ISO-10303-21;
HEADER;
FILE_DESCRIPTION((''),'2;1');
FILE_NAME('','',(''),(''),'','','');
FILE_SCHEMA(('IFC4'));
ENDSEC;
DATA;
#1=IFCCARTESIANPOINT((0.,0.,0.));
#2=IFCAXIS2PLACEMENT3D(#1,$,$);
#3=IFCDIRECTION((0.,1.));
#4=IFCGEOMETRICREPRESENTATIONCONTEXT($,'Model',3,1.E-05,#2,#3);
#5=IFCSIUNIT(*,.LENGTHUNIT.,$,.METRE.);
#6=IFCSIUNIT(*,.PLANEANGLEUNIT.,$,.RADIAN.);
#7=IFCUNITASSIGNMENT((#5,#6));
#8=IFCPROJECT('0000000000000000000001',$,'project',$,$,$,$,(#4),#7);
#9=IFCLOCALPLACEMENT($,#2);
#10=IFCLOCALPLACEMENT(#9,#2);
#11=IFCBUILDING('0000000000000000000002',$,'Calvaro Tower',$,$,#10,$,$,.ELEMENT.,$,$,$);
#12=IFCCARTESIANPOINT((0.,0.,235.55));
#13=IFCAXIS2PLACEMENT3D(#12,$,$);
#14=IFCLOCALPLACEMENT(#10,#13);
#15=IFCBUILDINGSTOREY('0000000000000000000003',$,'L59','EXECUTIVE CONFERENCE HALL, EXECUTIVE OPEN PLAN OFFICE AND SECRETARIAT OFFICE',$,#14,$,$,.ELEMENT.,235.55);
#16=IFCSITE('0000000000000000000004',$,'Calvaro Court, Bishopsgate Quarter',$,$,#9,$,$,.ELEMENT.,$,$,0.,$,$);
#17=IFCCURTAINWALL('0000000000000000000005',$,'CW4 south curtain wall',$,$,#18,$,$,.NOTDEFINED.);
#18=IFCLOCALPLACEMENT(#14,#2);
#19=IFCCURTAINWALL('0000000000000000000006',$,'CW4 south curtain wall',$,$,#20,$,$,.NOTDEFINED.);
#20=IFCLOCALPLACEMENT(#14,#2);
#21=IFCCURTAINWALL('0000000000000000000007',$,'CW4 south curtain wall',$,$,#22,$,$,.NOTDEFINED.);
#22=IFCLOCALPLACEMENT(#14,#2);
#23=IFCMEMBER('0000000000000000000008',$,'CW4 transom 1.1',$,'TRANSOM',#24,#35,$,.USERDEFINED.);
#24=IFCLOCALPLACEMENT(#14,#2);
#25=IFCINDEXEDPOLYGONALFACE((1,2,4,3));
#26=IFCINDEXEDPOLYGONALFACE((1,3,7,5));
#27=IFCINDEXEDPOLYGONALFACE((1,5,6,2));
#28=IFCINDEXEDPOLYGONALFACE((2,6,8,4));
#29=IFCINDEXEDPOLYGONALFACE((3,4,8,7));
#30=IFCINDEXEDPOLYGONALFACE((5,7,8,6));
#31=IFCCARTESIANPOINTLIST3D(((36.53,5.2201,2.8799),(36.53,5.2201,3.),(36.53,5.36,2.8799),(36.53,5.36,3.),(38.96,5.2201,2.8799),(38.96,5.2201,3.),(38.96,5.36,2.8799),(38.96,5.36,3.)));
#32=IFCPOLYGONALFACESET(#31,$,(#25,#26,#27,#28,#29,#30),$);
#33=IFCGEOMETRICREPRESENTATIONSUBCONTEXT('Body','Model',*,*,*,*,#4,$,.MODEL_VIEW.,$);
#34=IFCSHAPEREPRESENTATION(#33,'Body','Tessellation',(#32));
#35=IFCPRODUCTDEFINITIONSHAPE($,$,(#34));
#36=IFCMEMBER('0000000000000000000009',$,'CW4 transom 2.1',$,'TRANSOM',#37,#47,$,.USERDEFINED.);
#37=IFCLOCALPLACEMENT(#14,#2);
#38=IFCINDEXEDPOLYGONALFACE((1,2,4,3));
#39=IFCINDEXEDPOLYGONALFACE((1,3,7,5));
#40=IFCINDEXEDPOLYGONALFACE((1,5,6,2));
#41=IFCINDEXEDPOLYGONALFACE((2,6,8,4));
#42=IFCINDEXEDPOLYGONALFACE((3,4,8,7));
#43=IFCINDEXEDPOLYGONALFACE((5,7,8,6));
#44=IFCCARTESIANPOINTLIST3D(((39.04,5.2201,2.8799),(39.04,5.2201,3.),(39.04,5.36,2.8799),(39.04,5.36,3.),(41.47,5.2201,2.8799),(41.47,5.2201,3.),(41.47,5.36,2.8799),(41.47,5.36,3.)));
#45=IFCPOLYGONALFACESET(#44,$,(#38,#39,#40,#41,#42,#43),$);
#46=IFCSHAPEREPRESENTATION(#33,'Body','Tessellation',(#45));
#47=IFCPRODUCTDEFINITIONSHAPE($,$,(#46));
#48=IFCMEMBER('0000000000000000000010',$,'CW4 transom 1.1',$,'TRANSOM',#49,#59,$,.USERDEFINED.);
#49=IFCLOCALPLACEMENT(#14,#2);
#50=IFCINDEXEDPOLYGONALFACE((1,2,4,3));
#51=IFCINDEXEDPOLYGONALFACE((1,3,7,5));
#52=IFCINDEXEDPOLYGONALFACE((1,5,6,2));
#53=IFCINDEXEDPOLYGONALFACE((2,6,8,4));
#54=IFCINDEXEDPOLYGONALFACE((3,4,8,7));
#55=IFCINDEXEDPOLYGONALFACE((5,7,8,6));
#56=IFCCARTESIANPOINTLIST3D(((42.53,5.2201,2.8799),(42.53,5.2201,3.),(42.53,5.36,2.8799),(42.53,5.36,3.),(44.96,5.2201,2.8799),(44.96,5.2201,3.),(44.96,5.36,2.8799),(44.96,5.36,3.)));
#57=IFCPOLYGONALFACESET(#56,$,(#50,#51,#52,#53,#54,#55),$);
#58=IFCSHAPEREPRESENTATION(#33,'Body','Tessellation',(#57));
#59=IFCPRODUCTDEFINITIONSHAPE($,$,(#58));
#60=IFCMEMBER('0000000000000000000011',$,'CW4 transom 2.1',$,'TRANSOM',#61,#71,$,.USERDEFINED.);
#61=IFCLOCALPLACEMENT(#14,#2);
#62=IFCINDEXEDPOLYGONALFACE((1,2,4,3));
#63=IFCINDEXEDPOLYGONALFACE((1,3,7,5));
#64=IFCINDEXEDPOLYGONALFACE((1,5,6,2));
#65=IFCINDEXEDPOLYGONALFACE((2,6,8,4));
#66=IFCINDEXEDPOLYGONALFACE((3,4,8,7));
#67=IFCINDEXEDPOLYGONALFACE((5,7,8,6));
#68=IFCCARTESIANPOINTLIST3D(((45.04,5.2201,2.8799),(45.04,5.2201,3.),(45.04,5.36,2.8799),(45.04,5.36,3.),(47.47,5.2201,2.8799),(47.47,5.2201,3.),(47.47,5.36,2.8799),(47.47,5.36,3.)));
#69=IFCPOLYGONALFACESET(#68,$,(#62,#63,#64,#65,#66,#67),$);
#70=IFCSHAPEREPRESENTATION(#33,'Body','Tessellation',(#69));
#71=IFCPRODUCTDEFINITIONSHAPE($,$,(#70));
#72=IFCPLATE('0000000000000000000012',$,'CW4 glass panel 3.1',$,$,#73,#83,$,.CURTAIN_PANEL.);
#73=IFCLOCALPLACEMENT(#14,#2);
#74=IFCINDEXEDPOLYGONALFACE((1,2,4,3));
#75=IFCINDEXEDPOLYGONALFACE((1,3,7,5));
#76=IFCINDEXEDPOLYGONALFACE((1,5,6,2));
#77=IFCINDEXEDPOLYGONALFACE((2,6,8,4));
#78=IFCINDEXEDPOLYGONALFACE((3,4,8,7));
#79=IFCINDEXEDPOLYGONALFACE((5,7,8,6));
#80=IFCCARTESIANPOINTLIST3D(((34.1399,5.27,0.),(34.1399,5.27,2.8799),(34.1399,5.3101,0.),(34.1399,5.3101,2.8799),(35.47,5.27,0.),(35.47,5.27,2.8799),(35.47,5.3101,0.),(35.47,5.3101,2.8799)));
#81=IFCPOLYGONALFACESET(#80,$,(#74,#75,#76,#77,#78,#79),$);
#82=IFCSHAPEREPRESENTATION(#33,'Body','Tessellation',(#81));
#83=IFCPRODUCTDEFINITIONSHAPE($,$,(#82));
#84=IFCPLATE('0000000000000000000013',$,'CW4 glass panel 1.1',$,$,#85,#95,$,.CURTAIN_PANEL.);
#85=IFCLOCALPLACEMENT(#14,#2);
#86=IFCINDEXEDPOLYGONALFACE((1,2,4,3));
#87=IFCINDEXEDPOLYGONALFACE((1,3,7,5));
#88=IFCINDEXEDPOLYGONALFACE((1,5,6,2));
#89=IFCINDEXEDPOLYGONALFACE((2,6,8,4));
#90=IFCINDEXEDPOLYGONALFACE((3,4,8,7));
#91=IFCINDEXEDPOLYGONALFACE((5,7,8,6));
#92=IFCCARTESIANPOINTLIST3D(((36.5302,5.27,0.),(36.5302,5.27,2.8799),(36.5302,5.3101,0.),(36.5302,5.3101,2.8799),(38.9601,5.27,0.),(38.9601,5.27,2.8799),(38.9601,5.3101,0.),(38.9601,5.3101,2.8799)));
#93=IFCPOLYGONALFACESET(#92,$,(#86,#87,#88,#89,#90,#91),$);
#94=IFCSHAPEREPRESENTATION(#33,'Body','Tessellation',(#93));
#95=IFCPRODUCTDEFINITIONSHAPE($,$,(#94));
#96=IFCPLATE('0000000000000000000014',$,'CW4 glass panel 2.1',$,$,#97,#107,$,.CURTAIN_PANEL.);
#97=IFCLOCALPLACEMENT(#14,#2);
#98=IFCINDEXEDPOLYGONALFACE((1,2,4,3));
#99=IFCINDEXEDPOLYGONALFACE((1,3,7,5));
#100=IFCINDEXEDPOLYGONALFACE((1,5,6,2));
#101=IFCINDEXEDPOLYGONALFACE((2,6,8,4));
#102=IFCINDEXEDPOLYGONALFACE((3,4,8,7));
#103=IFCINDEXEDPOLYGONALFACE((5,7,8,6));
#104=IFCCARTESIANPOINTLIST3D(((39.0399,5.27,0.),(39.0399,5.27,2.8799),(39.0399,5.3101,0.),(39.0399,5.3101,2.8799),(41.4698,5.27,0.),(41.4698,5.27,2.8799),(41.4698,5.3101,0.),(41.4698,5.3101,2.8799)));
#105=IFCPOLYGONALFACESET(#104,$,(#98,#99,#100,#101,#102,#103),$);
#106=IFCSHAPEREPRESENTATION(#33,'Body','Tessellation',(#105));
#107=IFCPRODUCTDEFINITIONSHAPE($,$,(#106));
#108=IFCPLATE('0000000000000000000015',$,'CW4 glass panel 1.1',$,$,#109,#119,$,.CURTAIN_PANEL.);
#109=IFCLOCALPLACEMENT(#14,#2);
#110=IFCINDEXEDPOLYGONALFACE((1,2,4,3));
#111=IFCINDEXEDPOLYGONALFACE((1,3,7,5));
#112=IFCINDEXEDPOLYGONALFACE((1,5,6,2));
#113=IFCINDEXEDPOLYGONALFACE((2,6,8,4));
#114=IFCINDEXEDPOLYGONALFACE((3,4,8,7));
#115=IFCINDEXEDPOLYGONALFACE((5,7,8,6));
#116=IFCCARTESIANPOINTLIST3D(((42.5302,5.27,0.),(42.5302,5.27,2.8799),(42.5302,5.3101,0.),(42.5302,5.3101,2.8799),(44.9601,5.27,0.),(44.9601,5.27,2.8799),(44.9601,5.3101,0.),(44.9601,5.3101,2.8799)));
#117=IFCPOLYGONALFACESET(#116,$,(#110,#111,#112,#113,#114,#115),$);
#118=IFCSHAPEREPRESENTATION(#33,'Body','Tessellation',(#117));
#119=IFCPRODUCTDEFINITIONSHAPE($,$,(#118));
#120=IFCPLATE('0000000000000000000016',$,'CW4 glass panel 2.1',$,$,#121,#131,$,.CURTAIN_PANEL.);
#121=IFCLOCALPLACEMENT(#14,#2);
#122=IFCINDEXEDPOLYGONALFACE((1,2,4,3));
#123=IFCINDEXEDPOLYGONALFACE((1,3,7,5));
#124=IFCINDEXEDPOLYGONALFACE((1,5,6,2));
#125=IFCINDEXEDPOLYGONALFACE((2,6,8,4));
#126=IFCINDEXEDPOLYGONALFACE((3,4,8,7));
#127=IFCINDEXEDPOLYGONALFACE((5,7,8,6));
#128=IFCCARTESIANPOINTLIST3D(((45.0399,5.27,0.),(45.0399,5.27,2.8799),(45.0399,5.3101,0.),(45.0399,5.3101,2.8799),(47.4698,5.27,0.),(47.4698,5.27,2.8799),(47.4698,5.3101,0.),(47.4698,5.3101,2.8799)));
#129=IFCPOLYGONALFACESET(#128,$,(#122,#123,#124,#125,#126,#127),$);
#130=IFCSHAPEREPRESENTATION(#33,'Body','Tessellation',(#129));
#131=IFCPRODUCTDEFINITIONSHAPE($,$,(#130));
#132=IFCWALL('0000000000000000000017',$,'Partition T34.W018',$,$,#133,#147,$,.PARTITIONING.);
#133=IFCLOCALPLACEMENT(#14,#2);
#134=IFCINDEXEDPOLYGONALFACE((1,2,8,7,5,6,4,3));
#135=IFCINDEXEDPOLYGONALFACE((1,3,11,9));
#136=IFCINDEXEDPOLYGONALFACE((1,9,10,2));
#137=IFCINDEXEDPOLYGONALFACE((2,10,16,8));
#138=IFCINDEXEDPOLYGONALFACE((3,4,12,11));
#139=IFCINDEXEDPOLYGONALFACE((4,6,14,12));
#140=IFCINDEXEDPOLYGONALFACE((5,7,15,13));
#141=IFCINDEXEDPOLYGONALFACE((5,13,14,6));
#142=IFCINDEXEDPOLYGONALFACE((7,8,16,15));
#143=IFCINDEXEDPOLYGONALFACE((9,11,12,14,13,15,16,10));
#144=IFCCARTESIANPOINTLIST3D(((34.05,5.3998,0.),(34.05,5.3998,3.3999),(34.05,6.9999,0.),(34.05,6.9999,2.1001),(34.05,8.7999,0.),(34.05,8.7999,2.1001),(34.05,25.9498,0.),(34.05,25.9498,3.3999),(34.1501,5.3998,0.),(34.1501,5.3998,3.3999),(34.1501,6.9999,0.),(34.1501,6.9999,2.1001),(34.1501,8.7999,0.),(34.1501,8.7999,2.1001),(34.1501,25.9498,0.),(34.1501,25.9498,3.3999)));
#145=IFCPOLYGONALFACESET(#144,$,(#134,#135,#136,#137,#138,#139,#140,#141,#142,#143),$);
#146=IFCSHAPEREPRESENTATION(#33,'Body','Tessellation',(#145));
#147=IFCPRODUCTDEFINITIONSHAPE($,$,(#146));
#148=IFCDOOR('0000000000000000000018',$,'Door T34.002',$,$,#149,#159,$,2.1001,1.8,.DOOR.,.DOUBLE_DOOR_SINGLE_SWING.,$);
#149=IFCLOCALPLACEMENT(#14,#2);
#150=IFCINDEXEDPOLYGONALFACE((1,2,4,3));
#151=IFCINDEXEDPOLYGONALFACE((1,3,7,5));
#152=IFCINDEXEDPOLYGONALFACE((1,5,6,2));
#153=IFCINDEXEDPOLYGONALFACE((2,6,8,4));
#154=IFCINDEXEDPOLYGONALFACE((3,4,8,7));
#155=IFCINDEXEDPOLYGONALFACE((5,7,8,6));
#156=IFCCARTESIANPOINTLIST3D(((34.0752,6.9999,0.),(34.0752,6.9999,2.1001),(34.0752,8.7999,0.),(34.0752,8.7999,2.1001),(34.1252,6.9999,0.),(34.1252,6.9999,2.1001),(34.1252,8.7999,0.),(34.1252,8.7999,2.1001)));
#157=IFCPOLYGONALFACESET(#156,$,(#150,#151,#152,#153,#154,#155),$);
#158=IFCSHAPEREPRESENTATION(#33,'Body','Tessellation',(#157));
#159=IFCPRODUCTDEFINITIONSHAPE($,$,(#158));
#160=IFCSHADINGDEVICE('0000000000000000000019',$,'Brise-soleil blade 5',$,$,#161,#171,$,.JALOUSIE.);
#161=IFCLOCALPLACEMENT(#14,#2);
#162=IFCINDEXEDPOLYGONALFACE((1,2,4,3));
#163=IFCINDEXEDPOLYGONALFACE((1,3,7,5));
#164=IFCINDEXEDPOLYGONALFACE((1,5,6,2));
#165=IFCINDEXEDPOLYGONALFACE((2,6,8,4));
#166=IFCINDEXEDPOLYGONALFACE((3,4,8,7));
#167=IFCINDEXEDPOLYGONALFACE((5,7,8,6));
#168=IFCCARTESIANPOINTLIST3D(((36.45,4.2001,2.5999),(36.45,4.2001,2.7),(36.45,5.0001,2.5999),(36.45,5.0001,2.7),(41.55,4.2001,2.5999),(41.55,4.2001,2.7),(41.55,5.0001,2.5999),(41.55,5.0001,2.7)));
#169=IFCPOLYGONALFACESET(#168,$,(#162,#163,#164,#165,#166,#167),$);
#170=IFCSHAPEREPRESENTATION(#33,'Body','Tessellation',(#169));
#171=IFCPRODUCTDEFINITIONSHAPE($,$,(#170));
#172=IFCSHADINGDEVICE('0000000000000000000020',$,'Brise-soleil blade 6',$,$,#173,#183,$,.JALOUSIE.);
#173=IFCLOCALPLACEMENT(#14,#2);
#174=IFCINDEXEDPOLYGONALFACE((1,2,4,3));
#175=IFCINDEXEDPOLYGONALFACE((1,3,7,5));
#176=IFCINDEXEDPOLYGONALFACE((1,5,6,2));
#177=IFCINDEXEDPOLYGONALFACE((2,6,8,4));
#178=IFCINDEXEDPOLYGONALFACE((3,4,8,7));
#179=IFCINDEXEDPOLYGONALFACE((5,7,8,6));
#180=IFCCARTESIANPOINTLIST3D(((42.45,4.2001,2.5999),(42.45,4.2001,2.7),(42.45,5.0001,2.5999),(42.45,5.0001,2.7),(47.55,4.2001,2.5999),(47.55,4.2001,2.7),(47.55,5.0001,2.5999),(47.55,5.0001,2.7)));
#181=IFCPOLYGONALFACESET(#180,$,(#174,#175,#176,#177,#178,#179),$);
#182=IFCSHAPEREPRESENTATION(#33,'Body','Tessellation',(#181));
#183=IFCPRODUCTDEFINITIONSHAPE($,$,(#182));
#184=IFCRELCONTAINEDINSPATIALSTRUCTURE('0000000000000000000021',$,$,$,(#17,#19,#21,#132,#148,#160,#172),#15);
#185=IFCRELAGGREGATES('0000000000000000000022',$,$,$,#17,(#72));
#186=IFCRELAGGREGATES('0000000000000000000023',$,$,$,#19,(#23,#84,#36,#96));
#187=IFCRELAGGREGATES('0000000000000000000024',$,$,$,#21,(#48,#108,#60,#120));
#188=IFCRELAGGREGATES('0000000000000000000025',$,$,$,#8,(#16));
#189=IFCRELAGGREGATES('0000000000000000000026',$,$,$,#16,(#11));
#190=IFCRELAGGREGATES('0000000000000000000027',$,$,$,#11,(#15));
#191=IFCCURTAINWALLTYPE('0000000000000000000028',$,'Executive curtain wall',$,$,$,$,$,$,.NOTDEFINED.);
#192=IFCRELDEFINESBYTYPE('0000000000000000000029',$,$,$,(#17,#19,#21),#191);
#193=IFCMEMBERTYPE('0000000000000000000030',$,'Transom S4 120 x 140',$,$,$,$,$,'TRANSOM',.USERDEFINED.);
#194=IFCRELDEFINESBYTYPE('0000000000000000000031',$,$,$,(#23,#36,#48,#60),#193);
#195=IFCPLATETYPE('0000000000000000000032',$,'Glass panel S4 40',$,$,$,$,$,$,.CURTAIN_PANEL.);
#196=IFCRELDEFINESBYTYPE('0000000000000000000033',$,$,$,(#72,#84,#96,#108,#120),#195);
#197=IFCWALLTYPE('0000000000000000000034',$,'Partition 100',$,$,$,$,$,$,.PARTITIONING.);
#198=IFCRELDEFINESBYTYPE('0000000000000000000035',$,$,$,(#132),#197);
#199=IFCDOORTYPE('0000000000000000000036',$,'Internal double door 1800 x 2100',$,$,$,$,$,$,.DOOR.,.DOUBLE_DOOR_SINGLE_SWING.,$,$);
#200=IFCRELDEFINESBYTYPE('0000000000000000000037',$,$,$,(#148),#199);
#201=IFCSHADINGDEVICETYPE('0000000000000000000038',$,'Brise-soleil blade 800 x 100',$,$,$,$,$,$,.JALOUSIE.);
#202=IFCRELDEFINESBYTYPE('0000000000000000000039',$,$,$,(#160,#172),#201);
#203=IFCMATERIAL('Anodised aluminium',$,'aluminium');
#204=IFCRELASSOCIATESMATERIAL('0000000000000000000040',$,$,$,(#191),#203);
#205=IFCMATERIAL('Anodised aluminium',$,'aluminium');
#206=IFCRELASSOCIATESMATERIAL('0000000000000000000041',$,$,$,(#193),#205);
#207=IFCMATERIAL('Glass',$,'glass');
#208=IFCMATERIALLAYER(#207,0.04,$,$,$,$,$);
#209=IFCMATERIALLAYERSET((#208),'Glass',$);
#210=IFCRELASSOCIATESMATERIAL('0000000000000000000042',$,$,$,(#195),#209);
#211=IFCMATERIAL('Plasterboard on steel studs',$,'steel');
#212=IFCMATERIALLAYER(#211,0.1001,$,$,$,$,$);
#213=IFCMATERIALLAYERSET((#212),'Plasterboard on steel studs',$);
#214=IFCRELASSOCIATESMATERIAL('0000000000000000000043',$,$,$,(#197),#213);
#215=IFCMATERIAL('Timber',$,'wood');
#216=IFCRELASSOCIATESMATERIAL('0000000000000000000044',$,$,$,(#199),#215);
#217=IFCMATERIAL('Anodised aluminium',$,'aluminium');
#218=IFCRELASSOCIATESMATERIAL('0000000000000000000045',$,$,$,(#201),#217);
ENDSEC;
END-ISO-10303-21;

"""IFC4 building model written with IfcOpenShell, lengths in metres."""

from ifc_helpers import new_model, si_unit, direction, frame, frame_2d, origin, origin_2d, place, context, subcontext, project, spatial, rectangle, extrude, material, layer, layer_set, material_profile, profile_set, type_object, element, fill, aggregate, save


model = new_model("IFC4")

# Units and contexts
model_context = context("Model", 3, precision=1e-05, world=origin(), true_north=direction((0.0, 1.0)))
body_context = subcontext(model_context, "Body", "Model", "MODEL_VIEW")
ifc_project = project(units=[si_unit("LENGTHUNIT", "METRE"), si_unit("PLANEANGLEUNIT", "RADIAN")], contexts=[model_context])

# Site, building, storey
site_placement = place(None, origin())
site = spatial("IfcSite", under=ifc_project, at=site_placement, Name="Calvaro Court, Bishopsgate Quarter", CompositionType="ELEMENT", RefElevation=0.0)
building_placement = place(site_placement, origin())
building = spatial("IfcBuilding", under=site, at=building_placement, Name="Calvaro Tower", CompositionType="ELEMENT")
storey_placement = place(building_placement, frame((0.0, 0.0, 235.55)))
storey = spatial("IfcBuildingStorey", under=building, at=storey_placement, Name="L59", Description="EXECUTIVE CONFERENCE HALL, EXECUTIVE OPEN PLAN OFFICE AND SECRETARIAT OFFICE", CompositionType="ELEMENT", Elevation=235.55)

# Curtain wall
ifc_material_1 = material(Name="Anodised aluminium", Category="aluminium")
curtain_wall_type = type_object("IfcCurtainWallType", Name="Executive curtain wall", PredefinedType="NOTDEFINED", material=ifc_material_1)
curtain_wall_1_placement = place(storey_placement, origin())
curtain_wall_1 = element("IfcCurtainWall", 1, at=curtain_wall_1_placement, inside=storey, type_object=curtain_wall_type, Name="CW4 south curtain wall", PredefinedType="NOTDEFINED")

# Curtain walls
curtain_wall_2_placement = place(storey_placement, origin())
curtain_wall_2 = element("IfcCurtainWall", 2, at=curtain_wall_2_placement, inside=storey, type_object=curtain_wall_type, Name="CW4 south curtain wall", PredefinedType="NOTDEFINED")
curtain_wall_3_placement = place(storey_placement, origin())
curtain_wall_3 = element("IfcCurtainWall", 3, at=curtain_wall_3_placement, inside=storey, type_object=curtain_wall_type, Name="CW4 south curtain wall", PredefinedType="NOTDEFINED")

# Members
ifc_material_2 = material(Name="Anodised aluminium", Category="aluminium")
ifc_material_profile_1 = material_profile(ifc_material_2, rectangle(XDim=0.1399, YDim=0.1201, at=origin_2d()), Name="Transom S4 120 x 140")
ifc_profile_set_1 = profile_set([ifc_material_profile_1], Name="Anodised aluminium")
member_type_1 = type_object("IfcMemberType", Name="Transom S4 120 x 140", ElementType="TRANSOM", PredefinedType="USERDEFINED", material=ifc_profile_set_1)
member_1_placement = place(storey_placement, frame((36.53, 5.29, 2.9399), z_axis=(1.0, 0.0, 0.0), x_axis=(0.0, 1.0, 0.0)))
member_1 = element("IfcMember", 4, at=member_1_placement, type_object=member_type_1, Name="CW4 transom 1.1", ObjectType="TRANSOM", PredefinedType="USERDEFINED", context=body_context, shape_type="SweptSolid", body=[
    extrude(rectangle(XDim=0.1399, YDim=0.1201, at=origin_2d()), origin(), (0.0, 0.0, 1.0), 2.4299),
])
member_2_placement = place(storey_placement, frame((39.04, 5.29, 2.9399), z_axis=(1.0, 0.0, 0.0), x_axis=(0.0, 1.0, 0.0)))
member_2 = element("IfcMember", 5, at=member_2_placement, type_object=member_type_1, Name="CW4 transom 2.1", ObjectType="TRANSOM", PredefinedType="USERDEFINED", context=body_context, shape_type="SweptSolid", body=[
    extrude(rectangle(XDim=0.1399, YDim=0.1201, at=origin_2d()), origin(), (0.0, 0.0, 1.0), 2.4299),
])
member_3_placement = place(storey_placement, frame((42.53, 5.29, 2.9399), z_axis=(1.0, 0.0, 0.0), x_axis=(0.0, 1.0, 0.0)))
member_3 = element("IfcMember", 6, at=member_3_placement, type_object=member_type_1, Name="CW4 transom 1.1", ObjectType="TRANSOM", PredefinedType="USERDEFINED", context=body_context, shape_type="SweptSolid", body=[
    extrude(rectangle(XDim=0.1399, YDim=0.1201, at=origin_2d()), origin(), (0.0, 0.0, 1.0), 2.4299),
])
member_4_placement = place(storey_placement, frame((45.04, 5.29, 2.9399), z_axis=(1.0, 0.0, 0.0), x_axis=(0.0, 1.0, 0.0)))
member_4 = element("IfcMember", 7, at=member_4_placement, type_object=member_type_1, Name="CW4 transom 2.1", ObjectType="TRANSOM", PredefinedType="USERDEFINED", context=body_context, shape_type="SweptSolid", body=[
    extrude(rectangle(XDim=0.1399, YDim=0.1201, at=origin_2d()), origin(), (0.0, 0.0, 1.0), 2.4299),
])

# Plates
ifc_material_3 = material(Name="Glass", Category="glass")
ifc_layer_1 = layer(ifc_material_3, 0.04)
ifc_layer_set_1 = layer_set([ifc_layer_1], Name="Glass")
plate_type = type_object("IfcPlateType", Name="Glass panel S4 40", PredefinedType="CURTAIN_PANEL", material=ifc_layer_set_1)
plate_1_placement = place(storey_placement, frame((34.8049, 5.29, 0.0), z_axis=(0.0, 0.0, 1.0), x_axis=(1.0, 0.0, 0.0)))
plate_1 = element("IfcPlate", 8, at=plate_1_placement, type_object=plate_type, Name="CW4 glass panel 3.1", PredefinedType="CURTAIN_PANEL", context=body_context, shape_type="SweptSolid", body=[
    extrude(rectangle(XDim=1.3301, YDim=0.04, at=origin_2d()), origin(), (0.0, 0.0, 1.0), 2.8799),
])
aggregate(curtain_wall_1, [plate_1])
plate_2_placement = place(storey_placement, frame((37.7451, 5.29, 0.0), z_axis=(0.0, 0.0, 1.0), x_axis=(1.0, 0.0, 0.0)))
plate_2 = element("IfcPlate", 9, at=plate_2_placement, type_object=plate_type, Name="CW4 glass panel 1.1", PredefinedType="CURTAIN_PANEL", context=body_context, shape_type="SweptSolid", body=[
    extrude(rectangle(XDim=2.4299, YDim=0.04, at=origin_2d()), origin(), (0.0, 0.0, 1.0), 2.8799),
])
plate_3_placement = place(storey_placement, frame((40.2549, 5.29, 0.0), z_axis=(0.0, 0.0, 1.0), x_axis=(1.0, 0.0, 0.0)))
plate_3 = element("IfcPlate", 10, at=plate_3_placement, type_object=plate_type, Name="CW4 glass panel 2.1", PredefinedType="CURTAIN_PANEL", context=body_context, shape_type="SweptSolid", body=[
    extrude(rectangle(XDim=2.4299, YDim=0.04, at=origin_2d()), origin(), (0.0, 0.0, 1.0), 2.8799),
])
aggregate(curtain_wall_2, [member_1, plate_2, member_2, plate_3])
plate_4_placement = place(storey_placement, frame((43.7451, 5.29, 0.0), z_axis=(0.0, 0.0, 1.0), x_axis=(1.0, 0.0, 0.0)))
plate_4 = element("IfcPlate", 11, at=plate_4_placement, type_object=plate_type, Name="CW4 glass panel 1.1", PredefinedType="CURTAIN_PANEL", context=body_context, shape_type="SweptSolid", body=[
    extrude(rectangle(XDim=2.4299, YDim=0.04, at=origin_2d()), origin(), (0.0, 0.0, 1.0), 2.8799),
])
plate_5_placement = place(storey_placement, frame((46.2549, 5.29, 0.0), z_axis=(0.0, 0.0, 1.0), x_axis=(1.0, 0.0, 0.0)))
plate_5 = element("IfcPlate", 12, at=plate_5_placement, type_object=plate_type, Name="CW4 glass panel 2.1", PredefinedType="CURTAIN_PANEL", context=body_context, shape_type="SweptSolid", body=[
    extrude(rectangle(XDim=2.4299, YDim=0.04, at=origin_2d()), origin(), (0.0, 0.0, 1.0), 2.8799),
])
aggregate(curtain_wall_3, [member_3, plate_4, member_4, plate_5])

# Wall, opening, door
ifc_material_4 = material(Name="Plasterboard on steel studs", Category="steel")
ifc_layer_2 = layer(ifc_material_4, 0.1001)
ifc_layer_set_2 = layer_set([ifc_layer_2], Name="Plasterboard on steel studs")
wall_type = type_object("IfcWallType", Name="Partition 100", PredefinedType="PARTITIONING", material=ifc_layer_set_2)
wall_placement = place(storey_placement, frame((34.1001, 5.3999, 0.0), z_axis=(0.0, 0.0, 1.0), x_axis=(0.0, 1.0, 0.0)))
wall = element("IfcWall", 13, at=wall_placement, inside=storey, type_object=wall_type, Name="Partition T34.W018", PredefinedType="PARTITIONING", context=body_context, shape_type="SweptSolid", body=[
    extrude(rectangle(XDim=20.55, YDim=0.1001, at=frame_2d((10.2749, 0.0))), origin(), (0.0, 0.0, 1.0), 3.3999),
])
opening_placement = place(wall_placement, frame((1.6001, 0.0, 0.0)))
opening = element("IfcOpeningElement", 14, at=opening_placement, cuts=wall, PredefinedType="OPENING", context=body_context, shape_type="SweptSolid", body=[
    extrude(rectangle(XDim=1.8, YDim=2.1001, at=frame_2d((0.8999, 1.05))), frame((0.0, 0.0601, 0.0), z_axis=(0.0, -1.0, 0.0), x_axis=(1.0, 0.0, 0.0)), (0.0, 0.0, 1.0), 0.1201),
])
ifc_material_5 = material(Name="Timber", Category="wood")
door_type = type_object("IfcDoorType", Name="Internal double door 1800 x 2100", OperationType="DOUBLE_DOOR_SINGLE_SWING", PredefinedType="DOOR", material=ifc_material_5)
door_placement = place(opening_placement, origin())
door = element("IfcDoor", 15, at=door_placement, inside=storey, type_object=door_type, Name="Door T34.002", OperationType="DOUBLE_DOOR_SINGLE_SWING", OverallHeight=2.1001, OverallWidth=1.8, PredefinedType="DOOR", context=body_context, shape_type="SweptSolid", body=[
    extrude(rectangle(XDim=1.8, YDim=2.1001, at=frame_2d((0.8999, 1.05))), frame((0.0, 0.0249, 0.0), z_axis=(0.0, -1.0, 0.0), x_axis=(1.0, 0.0, 0.0)), (0.0, 0.0, 1.0), 0.05),
])
fill(opening, door)

# Shading devices
ifc_material_6 = material(Name="Anodised aluminium", Category="aluminium")
ifc_material_profile_2 = material_profile(ifc_material_6, rectangle(XDim=0.8, YDim=0.1001, at=origin_2d()), Name="Brise-soleil blade 800 x 100")
ifc_profile_set_2 = profile_set([ifc_material_profile_2], Name="Anodised aluminium")
shading_device_type_1 = type_object("IfcShadingDeviceType", Name="Brise-soleil blade 800 x 100", PredefinedType="JALOUSIE", material=ifc_profile_set_2)
for number, where, z_axis, x_axis, name in (
    (16, (36.45, 4.6001, 2.6499), (1.0, 0.0, 0.0), (0.0, 1.0, 0.0), "Brise-soleil blade 5"),
    (17, (42.45, 4.6001, 2.6499), (1.0, 0.0, 0.0), (0.0, 1.0, 0.0), "Brise-soleil blade 6"),
):
    element("IfcShadingDevice", number, at=place(storey_placement, frame(where, z_axis=z_axis, x_axis=x_axis)), inside=storey, type_object=shading_device_type_1, Name=name, PredefinedType="JALOUSIE", context=body_context, shape_type="SweptSolid", body=[
        extrude(rectangle(XDim=0.8, YDim=0.1001, at=origin_2d()), origin(), (0.0, 0.0, 1.0), 5.1001),
    ])

save(model, "model.ifc")
